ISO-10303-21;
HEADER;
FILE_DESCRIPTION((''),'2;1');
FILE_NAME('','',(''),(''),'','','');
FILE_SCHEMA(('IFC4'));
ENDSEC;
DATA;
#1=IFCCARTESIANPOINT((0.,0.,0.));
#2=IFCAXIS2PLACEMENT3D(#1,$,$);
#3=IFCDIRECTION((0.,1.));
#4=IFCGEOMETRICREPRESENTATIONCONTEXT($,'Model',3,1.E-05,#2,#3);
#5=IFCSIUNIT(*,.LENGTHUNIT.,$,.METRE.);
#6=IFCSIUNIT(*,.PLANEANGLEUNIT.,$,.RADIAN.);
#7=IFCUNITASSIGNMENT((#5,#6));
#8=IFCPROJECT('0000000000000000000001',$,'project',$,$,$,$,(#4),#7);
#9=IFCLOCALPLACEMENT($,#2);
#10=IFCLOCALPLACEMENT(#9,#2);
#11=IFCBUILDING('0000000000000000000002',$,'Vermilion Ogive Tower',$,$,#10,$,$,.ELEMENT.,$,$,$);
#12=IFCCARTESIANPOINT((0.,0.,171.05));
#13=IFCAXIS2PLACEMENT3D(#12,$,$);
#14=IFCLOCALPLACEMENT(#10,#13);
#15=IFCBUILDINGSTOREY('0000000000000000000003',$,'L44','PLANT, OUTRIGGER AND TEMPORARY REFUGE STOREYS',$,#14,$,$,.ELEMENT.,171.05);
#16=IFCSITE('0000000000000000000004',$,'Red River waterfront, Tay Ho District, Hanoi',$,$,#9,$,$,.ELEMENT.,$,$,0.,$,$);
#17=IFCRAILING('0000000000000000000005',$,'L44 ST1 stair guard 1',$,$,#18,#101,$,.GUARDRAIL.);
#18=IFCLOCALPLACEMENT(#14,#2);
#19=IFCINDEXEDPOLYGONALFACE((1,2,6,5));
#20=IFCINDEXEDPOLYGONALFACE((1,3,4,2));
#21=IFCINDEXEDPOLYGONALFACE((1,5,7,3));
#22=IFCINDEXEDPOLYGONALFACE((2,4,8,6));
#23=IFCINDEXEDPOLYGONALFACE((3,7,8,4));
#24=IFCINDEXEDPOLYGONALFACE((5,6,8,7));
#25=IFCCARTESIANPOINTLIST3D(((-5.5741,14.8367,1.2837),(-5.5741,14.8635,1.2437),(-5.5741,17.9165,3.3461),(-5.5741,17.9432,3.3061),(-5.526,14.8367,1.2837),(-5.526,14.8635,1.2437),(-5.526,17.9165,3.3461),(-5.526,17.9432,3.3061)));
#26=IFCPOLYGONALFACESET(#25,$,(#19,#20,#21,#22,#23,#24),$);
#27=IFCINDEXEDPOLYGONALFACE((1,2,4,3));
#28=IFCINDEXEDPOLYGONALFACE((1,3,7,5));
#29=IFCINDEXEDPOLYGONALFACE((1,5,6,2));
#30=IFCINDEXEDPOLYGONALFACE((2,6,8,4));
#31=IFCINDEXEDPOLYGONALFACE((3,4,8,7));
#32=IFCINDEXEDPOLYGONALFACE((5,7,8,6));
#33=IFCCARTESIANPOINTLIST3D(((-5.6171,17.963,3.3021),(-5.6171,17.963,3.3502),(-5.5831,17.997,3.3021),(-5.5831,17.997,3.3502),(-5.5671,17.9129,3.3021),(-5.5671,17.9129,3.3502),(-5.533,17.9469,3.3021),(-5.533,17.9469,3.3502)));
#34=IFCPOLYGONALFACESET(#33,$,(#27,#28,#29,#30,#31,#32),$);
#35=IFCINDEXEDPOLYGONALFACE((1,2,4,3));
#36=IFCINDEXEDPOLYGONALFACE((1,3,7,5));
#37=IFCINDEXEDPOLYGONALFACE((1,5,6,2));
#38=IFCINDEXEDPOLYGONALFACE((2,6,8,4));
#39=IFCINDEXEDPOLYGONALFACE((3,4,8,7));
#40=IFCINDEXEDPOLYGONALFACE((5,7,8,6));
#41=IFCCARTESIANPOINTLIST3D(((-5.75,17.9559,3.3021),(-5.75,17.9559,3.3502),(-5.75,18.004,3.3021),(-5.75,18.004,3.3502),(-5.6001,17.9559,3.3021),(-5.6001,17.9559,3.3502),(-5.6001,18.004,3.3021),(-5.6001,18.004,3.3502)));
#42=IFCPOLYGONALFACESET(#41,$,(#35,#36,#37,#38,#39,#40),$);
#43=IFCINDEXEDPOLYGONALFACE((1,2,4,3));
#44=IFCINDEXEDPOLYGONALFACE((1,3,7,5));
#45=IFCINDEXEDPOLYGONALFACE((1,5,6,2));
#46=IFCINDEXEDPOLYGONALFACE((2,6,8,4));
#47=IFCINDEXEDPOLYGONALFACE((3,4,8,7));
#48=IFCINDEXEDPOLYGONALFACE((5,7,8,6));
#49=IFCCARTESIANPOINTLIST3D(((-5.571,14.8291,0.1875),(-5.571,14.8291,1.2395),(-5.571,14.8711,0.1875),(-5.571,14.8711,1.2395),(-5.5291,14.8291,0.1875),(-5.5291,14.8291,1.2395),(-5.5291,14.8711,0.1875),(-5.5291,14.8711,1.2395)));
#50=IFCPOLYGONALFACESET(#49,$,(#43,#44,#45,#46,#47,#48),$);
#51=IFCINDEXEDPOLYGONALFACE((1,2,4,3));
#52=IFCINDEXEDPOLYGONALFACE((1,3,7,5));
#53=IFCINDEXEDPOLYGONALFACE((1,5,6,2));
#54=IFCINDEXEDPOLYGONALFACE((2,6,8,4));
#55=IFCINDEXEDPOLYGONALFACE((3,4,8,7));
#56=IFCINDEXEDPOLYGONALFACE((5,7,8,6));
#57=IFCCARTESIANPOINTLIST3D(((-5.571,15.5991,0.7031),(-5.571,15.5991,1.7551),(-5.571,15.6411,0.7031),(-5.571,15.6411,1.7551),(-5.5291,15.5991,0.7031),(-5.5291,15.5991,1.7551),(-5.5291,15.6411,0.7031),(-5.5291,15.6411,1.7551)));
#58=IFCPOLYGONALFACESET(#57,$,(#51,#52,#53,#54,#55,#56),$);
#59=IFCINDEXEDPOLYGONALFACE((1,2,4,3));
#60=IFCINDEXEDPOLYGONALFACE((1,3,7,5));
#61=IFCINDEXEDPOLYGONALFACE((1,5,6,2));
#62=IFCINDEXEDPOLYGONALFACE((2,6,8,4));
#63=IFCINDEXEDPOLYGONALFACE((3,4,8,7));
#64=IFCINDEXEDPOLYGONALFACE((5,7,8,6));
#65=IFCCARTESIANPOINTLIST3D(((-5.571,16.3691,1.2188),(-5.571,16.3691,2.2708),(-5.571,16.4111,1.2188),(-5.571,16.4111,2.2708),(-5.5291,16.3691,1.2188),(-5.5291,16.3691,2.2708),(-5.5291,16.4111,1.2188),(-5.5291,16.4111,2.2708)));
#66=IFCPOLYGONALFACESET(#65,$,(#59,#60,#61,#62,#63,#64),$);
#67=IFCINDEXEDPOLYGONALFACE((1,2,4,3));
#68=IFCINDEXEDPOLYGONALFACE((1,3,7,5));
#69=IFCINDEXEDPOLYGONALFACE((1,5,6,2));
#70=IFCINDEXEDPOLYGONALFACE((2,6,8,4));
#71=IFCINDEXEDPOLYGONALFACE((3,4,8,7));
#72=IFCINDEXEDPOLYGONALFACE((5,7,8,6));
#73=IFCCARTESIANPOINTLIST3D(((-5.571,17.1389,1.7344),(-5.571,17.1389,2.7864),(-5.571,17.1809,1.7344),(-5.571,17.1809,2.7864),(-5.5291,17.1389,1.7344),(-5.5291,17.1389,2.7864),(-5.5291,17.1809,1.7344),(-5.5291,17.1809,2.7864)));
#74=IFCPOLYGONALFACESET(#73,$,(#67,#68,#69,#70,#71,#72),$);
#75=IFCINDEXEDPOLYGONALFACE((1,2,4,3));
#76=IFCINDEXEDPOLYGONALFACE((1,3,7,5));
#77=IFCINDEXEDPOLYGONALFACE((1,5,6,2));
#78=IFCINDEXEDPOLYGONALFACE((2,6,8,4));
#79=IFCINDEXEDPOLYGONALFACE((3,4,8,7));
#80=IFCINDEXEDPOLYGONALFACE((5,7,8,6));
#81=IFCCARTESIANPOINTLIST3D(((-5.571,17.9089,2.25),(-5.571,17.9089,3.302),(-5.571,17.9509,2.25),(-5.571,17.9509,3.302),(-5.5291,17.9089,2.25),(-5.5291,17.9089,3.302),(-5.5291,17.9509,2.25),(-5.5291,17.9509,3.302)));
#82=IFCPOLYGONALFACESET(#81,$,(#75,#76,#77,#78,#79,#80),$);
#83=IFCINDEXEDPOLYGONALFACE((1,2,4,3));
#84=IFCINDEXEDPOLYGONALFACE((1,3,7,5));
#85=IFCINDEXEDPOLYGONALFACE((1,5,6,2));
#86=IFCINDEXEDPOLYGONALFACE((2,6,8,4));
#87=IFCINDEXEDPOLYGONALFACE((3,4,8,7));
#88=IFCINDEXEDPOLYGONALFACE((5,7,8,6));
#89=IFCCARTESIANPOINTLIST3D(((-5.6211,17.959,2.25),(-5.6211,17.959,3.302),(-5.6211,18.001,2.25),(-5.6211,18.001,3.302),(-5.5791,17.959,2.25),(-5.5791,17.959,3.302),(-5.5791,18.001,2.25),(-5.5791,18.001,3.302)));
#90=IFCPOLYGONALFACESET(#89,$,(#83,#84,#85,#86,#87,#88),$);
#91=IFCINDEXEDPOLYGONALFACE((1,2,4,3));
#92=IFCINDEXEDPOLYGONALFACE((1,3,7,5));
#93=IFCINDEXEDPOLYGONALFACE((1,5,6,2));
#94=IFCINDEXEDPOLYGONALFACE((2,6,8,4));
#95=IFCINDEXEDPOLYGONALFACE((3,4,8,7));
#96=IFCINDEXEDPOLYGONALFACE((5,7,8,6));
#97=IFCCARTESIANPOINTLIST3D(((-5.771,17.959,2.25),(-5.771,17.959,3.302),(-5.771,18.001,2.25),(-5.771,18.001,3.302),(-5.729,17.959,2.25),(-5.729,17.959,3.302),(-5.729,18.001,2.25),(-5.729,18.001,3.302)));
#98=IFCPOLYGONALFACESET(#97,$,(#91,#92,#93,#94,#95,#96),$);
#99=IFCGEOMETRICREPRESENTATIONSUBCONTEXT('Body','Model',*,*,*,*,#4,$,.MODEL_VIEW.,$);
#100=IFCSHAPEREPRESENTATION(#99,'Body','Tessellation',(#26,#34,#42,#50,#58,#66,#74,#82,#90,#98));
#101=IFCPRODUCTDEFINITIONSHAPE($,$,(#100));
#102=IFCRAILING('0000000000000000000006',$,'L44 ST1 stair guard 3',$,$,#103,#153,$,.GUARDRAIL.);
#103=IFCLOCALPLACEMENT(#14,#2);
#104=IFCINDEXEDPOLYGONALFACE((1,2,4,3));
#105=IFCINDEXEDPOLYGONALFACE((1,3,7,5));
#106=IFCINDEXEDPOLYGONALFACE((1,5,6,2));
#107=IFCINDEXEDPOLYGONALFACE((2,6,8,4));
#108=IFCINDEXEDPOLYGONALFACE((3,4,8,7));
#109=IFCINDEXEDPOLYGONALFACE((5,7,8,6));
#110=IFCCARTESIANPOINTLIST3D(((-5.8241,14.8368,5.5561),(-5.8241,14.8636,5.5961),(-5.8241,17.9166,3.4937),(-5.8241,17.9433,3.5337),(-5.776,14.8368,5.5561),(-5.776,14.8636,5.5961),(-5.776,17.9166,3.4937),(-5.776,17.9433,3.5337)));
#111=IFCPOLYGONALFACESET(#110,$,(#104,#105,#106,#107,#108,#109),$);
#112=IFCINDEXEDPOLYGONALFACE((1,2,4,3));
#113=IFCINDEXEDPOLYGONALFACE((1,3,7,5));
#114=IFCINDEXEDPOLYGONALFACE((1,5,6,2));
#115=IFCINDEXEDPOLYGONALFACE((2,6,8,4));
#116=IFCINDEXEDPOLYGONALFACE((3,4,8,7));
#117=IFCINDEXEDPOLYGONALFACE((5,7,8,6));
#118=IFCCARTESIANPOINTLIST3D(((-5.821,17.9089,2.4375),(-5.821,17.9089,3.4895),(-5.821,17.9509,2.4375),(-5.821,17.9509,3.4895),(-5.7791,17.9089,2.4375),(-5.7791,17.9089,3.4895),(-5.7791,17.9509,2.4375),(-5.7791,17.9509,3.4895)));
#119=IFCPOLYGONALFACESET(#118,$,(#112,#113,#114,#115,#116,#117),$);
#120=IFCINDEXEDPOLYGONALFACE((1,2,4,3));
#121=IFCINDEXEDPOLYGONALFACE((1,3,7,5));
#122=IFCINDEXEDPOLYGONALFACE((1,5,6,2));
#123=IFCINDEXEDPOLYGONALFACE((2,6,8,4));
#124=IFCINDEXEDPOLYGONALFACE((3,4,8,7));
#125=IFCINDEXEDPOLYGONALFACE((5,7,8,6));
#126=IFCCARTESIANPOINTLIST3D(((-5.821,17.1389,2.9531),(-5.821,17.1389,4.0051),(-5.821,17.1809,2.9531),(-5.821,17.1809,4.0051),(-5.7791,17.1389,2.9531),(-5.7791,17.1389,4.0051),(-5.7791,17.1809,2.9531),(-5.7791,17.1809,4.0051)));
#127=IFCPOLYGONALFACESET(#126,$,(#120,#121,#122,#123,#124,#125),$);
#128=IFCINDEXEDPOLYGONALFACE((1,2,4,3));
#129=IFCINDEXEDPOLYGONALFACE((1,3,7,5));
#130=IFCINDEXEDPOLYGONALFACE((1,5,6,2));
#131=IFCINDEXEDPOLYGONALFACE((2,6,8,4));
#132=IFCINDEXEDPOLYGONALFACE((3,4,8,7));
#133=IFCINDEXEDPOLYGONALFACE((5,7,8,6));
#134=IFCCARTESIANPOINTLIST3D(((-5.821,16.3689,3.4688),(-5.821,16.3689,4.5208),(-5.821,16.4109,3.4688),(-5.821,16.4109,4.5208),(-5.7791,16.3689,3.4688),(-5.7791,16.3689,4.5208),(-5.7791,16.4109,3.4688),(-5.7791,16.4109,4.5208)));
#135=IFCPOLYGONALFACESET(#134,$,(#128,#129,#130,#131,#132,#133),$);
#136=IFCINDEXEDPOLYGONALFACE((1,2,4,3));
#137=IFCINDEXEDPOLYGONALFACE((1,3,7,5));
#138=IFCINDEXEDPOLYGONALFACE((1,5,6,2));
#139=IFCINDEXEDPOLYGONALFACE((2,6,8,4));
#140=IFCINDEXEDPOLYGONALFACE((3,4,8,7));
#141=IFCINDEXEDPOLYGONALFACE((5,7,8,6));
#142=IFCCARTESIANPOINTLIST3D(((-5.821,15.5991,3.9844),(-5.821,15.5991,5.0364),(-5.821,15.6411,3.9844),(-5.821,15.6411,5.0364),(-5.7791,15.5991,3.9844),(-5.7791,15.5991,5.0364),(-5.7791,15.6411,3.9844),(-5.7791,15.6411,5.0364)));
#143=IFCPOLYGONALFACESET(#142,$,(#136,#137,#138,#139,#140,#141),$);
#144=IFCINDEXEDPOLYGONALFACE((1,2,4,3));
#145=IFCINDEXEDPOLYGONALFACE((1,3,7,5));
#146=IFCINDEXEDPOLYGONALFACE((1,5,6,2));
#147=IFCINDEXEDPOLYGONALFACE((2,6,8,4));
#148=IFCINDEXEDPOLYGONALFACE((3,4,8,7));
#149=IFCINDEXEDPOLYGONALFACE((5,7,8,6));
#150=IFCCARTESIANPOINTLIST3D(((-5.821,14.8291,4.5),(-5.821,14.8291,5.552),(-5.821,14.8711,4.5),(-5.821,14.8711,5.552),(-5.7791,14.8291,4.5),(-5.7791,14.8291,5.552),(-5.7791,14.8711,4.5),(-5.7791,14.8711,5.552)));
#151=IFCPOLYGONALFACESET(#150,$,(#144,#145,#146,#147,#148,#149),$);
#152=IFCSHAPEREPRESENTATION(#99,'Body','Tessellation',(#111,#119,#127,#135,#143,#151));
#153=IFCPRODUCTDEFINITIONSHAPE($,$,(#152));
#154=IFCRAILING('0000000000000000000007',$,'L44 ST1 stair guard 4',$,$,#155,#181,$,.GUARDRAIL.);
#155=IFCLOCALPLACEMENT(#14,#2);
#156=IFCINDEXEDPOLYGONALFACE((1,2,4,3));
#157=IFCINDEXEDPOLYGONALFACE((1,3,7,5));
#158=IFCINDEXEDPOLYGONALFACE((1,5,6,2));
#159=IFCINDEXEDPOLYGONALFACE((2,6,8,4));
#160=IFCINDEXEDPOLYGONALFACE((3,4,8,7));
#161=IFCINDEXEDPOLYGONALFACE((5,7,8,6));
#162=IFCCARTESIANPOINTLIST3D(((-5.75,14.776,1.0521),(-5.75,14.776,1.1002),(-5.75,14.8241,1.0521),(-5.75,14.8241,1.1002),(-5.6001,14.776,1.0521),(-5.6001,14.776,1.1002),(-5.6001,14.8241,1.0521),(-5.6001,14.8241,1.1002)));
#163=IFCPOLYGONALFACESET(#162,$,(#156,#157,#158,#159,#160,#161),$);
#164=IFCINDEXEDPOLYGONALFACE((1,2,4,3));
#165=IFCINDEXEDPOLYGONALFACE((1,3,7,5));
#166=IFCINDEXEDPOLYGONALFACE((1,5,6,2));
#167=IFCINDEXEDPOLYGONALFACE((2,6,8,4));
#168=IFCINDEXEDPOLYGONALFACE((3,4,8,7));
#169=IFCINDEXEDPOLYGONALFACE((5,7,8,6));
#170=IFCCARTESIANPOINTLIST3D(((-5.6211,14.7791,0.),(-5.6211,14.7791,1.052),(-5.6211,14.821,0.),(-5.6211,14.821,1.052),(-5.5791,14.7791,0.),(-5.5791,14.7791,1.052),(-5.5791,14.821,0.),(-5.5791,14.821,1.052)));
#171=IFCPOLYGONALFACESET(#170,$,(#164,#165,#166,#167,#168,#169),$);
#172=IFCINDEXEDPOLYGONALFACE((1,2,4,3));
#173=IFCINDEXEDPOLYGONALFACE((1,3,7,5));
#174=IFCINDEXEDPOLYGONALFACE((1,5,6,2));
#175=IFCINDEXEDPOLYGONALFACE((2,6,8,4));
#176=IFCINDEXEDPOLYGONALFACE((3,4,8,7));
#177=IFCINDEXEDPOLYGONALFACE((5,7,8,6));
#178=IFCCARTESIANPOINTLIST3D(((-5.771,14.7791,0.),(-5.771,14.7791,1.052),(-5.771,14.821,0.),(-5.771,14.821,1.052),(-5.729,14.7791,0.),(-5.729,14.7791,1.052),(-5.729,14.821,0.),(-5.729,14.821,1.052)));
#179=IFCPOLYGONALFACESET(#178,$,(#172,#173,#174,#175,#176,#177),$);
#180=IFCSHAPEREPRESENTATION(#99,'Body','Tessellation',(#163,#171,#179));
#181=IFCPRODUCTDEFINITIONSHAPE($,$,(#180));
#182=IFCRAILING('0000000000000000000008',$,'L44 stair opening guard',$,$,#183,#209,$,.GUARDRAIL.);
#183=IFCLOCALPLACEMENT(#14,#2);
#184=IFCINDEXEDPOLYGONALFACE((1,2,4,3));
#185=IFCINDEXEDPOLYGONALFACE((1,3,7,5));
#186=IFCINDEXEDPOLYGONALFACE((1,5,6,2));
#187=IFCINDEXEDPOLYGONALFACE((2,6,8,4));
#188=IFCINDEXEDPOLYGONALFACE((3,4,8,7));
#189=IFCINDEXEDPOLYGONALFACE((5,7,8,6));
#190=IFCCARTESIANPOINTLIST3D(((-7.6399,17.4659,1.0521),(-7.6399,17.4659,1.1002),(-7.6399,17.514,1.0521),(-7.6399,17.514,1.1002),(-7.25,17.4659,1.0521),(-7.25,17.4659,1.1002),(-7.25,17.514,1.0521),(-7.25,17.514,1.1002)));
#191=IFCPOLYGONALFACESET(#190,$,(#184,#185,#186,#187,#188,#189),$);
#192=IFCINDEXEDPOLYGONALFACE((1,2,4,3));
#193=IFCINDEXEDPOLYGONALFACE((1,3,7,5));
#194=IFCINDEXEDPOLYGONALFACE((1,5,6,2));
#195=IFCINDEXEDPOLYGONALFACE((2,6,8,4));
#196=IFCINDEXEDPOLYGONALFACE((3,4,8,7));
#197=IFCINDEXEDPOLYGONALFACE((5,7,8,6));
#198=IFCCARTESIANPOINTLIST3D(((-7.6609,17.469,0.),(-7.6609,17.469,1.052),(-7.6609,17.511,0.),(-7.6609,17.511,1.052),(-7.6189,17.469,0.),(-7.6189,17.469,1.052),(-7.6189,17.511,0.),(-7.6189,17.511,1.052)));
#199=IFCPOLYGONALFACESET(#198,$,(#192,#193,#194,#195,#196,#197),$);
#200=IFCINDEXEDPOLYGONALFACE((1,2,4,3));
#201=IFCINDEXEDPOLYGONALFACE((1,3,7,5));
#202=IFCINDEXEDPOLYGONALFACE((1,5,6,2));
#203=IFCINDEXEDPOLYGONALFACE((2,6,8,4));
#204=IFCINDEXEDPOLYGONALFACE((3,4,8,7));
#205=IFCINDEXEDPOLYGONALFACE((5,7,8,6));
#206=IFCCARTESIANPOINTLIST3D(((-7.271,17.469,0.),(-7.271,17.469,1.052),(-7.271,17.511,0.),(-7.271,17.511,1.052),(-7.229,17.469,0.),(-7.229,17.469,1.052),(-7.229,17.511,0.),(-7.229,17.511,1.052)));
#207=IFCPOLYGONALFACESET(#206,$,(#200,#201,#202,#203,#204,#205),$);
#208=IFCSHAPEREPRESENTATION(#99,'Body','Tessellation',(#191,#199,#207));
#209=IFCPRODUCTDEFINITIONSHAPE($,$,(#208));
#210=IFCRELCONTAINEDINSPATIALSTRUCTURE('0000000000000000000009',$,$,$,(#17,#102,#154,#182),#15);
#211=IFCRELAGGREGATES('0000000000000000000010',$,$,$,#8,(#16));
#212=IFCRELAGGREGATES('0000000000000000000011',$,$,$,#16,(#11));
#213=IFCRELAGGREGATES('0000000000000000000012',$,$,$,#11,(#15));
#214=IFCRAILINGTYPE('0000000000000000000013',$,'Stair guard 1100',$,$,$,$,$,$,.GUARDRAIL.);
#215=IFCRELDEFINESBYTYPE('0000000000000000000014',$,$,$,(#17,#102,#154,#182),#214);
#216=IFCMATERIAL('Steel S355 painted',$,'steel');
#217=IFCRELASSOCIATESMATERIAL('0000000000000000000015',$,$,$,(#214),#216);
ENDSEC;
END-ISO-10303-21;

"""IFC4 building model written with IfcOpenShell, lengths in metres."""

from ifc_helpers import new_model, si_unit, direction, frame, origin, origin_2d, place, context, subcontext, project, spatial, rectangle, extrude, material, type_object, element, save


model = new_model("IFC4")

# Units and contexts
model_context = context("Model", 3, precision=1e-05, world=origin(), true_north=direction((0.0, 1.0)))
body_context = subcontext(model_context, "Body", "Model", "MODEL_VIEW")
ifc_project = project(units=[si_unit("LENGTHUNIT", "METRE"), si_unit("PLANEANGLEUNIT", "RADIAN")], contexts=[model_context])

# Site, building, storey
site_placement = place(None, origin())
site = spatial("IfcSite", under=ifc_project, at=site_placement, Name="Red River waterfront, Tay Ho District, Hanoi", CompositionType="ELEMENT", RefElevation=0.0)
building_placement = place(site_placement, origin())
building = spatial("IfcBuilding", under=site, at=building_placement, Name="Vermilion Ogive Tower", CompositionType="ELEMENT")
storey_placement = place(building_placement, frame((0.0, 0.0, 171.05)))
storey = spatial("IfcBuildingStorey", under=building, at=storey_placement, Name="L44", Description="PLANT, OUTRIGGER AND TEMPORARY REFUGE STOREYS", CompositionType="ELEMENT", Elevation=171.05)

# Railings
ifc_material_1 = material(Name="Steel S355 painted", Category="steel")
railing_type_1 = type_object("IfcRailingType", Name="Stair guard 1100", PredefinedType="GUARDRAIL", material=ifc_material_1)
railing_1_placement = place(storey_placement, frame((-5.55, 14.8501, 0.1875)))
element("IfcRailing", 1, at=railing_1_placement, inside=storey, type_object=railing_type_1, Name="L44 ST1 stair guard 1", PredefinedType="GUARDRAIL", context=body_context, shape_type="SweptSolid", body=[
    extrude(rectangle(XDim=0.0481, YDim=0.0481, at=origin_2d()), frame((0.0, 0.0, 1.0762), z_axis=(0.0, 0.830893, 0.556432), x_axis=(-1.0, 0.0, 0.0)), (0.0, 0.0, 1.0), 3.7065),
    extrude(rectangle(XDim=0.0481, YDim=0.0481, at=origin_2d()), frame((0.0, 3.0798, 3.1387), z_axis=(-0.707107, 0.707107, 0.0), x_axis=(-0.707107, -0.707107, 0.0)), (0.0, 0.0, 1.0), 0.0708),
    extrude(rectangle(XDim=0.0481, YDim=0.0481, at=origin_2d()), frame((-0.05, 3.1299, 3.1387), z_axis=(-1.0, 0.0, 0.0), x_axis=(0.0, -1.0, 0.0)), (0.0, 0.0, 1.0), 0.1499),
    extrude(rectangle(XDim=0.042, YDim=0.042, at=origin_2d()), origin(), (0.0, 0.0, 1.0), 1.052),
    extrude(rectangle(XDim=0.042, YDim=0.042, at=origin_2d()), frame((0.0, 0.77, 0.5156)), (0.0, 0.0, 1.0), 1.052),
    extrude(rectangle(XDim=0.042, YDim=0.042, at=origin_2d()), frame((0.0, 1.54, 1.0312)), (0.0, 0.0, 1.0), 1.052),
    extrude(rectangle(XDim=0.042, YDim=0.042, at=origin_2d()), frame((0.0, 2.3098, 1.5469)), (0.0, 0.0, 1.0), 1.052),
    extrude(rectangle(XDim=0.042, YDim=0.042, at=origin_2d()), frame((0.0, 3.0798, 2.0625)), (0.0, 0.0, 1.0), 1.052),
    extrude(rectangle(XDim=0.042, YDim=0.042, at=origin_2d()), frame((-0.05, 3.1299, 2.0625)), (0.0, 0.0, 1.0), 1.052),
    extrude(rectangle(XDim=0.042, YDim=0.042, at=origin_2d()), frame((-0.2, 3.1299, 2.0625)), (0.0, 0.0, 1.0), 1.052),
])
railing_2_placement = place(storey_placement, frame((-5.8, 17.9299, 2.4375)))
element("IfcRailing", 2, at=railing_2_placement, inside=storey, type_object=railing_type_1, Name="L44 ST1 stair guard 3", PredefinedType="GUARDRAIL", context=body_context, shape_type="SweptSolid", body=[
    extrude(rectangle(XDim=0.0481, YDim=0.0481, at=origin_2d()), frame((0.0, 0.0, 1.0762), z_axis=(0.0, -0.830893, 0.556432), x_axis=(1.0, 0.0, 0.0)), (0.0, 0.0, 1.0), 3.7065),
    extrude(rectangle(XDim=0.042, YDim=0.042, at=origin_2d()), origin(), (0.0, 0.0, 1.0), 1.052),
    extrude(rectangle(XDim=0.042, YDim=0.042, at=origin_2d()), frame((0.0, -0.77, 0.5156)), (0.0, 0.0, 1.0), 1.052),
    extrude(rectangle(XDim=0.042, YDim=0.042, at=origin_2d()), frame((0.0, -1.54, 1.0312)), (0.0, 0.0, 1.0), 1.052),
    extrude(rectangle(XDim=0.042, YDim=0.042, at=origin_2d()), frame((0.0, -2.3098, 1.5469)), (0.0, 0.0, 1.0), 1.052),
    extrude(rectangle(XDim=0.042, YDim=0.042, at=origin_2d()), frame((0.0, -3.0798, 2.0625)), (0.0, 0.0, 1.0), 1.052),
])
railing_3_placement = place(storey_placement, frame((-5.6001, 14.8, 0.0)))
element("IfcRailing", 3, at=railing_3_placement, inside=storey, type_object=railing_type_1, Name="L44 ST1 stair guard 4", PredefinedType="GUARDRAIL", context=body_context, shape_type="SweptSolid", body=[
    extrude(rectangle(XDim=0.0481, YDim=0.0481, at=origin_2d()), frame((0.0, 0.0, 1.0762), z_axis=(-1.0, 0.0, 0.0), x_axis=(0.0, -1.0, 0.0)), (0.0, 0.0, 1.0), 0.1499),
    extrude(rectangle(XDim=0.042, YDim=0.042, at=origin_2d()), origin(), (0.0, 0.0, 1.0), 1.052),
    extrude(rectangle(XDim=0.042, YDim=0.042, at=origin_2d()), frame((-0.1499, 0.0, 0.0)), (0.0, 0.0, 1.0), 1.052),
])
railing_4_placement = place(storey_placement, frame((-7.6399, 17.49, 0.0)))
element("IfcRailing", 4, at=railing_4_placement, inside=storey, type_object=railing_type_1, Name="L44 stair opening guard", PredefinedType="GUARDRAIL", context=body_context, shape_type="SweptSolid", body=[
    extrude(rectangle(XDim=0.0481, YDim=0.0481, at=origin_2d()), frame((0.0, 0.0, 1.0762), z_axis=(1.0, 0.0, 0.0), x_axis=(0.0, 1.0, 0.0)), (0.0, 0.0, 1.0), 0.3899),
    extrude(rectangle(XDim=0.042, YDim=0.042, at=origin_2d()), origin(), (0.0, 0.0, 1.0), 1.052),
    extrude(rectangle(XDim=0.042, YDim=0.042, at=origin_2d()), frame((0.3899, 0.0, 0.0)), (0.0, 0.0, 1.0), 1.052),
])

save(model, "model.ifc")
